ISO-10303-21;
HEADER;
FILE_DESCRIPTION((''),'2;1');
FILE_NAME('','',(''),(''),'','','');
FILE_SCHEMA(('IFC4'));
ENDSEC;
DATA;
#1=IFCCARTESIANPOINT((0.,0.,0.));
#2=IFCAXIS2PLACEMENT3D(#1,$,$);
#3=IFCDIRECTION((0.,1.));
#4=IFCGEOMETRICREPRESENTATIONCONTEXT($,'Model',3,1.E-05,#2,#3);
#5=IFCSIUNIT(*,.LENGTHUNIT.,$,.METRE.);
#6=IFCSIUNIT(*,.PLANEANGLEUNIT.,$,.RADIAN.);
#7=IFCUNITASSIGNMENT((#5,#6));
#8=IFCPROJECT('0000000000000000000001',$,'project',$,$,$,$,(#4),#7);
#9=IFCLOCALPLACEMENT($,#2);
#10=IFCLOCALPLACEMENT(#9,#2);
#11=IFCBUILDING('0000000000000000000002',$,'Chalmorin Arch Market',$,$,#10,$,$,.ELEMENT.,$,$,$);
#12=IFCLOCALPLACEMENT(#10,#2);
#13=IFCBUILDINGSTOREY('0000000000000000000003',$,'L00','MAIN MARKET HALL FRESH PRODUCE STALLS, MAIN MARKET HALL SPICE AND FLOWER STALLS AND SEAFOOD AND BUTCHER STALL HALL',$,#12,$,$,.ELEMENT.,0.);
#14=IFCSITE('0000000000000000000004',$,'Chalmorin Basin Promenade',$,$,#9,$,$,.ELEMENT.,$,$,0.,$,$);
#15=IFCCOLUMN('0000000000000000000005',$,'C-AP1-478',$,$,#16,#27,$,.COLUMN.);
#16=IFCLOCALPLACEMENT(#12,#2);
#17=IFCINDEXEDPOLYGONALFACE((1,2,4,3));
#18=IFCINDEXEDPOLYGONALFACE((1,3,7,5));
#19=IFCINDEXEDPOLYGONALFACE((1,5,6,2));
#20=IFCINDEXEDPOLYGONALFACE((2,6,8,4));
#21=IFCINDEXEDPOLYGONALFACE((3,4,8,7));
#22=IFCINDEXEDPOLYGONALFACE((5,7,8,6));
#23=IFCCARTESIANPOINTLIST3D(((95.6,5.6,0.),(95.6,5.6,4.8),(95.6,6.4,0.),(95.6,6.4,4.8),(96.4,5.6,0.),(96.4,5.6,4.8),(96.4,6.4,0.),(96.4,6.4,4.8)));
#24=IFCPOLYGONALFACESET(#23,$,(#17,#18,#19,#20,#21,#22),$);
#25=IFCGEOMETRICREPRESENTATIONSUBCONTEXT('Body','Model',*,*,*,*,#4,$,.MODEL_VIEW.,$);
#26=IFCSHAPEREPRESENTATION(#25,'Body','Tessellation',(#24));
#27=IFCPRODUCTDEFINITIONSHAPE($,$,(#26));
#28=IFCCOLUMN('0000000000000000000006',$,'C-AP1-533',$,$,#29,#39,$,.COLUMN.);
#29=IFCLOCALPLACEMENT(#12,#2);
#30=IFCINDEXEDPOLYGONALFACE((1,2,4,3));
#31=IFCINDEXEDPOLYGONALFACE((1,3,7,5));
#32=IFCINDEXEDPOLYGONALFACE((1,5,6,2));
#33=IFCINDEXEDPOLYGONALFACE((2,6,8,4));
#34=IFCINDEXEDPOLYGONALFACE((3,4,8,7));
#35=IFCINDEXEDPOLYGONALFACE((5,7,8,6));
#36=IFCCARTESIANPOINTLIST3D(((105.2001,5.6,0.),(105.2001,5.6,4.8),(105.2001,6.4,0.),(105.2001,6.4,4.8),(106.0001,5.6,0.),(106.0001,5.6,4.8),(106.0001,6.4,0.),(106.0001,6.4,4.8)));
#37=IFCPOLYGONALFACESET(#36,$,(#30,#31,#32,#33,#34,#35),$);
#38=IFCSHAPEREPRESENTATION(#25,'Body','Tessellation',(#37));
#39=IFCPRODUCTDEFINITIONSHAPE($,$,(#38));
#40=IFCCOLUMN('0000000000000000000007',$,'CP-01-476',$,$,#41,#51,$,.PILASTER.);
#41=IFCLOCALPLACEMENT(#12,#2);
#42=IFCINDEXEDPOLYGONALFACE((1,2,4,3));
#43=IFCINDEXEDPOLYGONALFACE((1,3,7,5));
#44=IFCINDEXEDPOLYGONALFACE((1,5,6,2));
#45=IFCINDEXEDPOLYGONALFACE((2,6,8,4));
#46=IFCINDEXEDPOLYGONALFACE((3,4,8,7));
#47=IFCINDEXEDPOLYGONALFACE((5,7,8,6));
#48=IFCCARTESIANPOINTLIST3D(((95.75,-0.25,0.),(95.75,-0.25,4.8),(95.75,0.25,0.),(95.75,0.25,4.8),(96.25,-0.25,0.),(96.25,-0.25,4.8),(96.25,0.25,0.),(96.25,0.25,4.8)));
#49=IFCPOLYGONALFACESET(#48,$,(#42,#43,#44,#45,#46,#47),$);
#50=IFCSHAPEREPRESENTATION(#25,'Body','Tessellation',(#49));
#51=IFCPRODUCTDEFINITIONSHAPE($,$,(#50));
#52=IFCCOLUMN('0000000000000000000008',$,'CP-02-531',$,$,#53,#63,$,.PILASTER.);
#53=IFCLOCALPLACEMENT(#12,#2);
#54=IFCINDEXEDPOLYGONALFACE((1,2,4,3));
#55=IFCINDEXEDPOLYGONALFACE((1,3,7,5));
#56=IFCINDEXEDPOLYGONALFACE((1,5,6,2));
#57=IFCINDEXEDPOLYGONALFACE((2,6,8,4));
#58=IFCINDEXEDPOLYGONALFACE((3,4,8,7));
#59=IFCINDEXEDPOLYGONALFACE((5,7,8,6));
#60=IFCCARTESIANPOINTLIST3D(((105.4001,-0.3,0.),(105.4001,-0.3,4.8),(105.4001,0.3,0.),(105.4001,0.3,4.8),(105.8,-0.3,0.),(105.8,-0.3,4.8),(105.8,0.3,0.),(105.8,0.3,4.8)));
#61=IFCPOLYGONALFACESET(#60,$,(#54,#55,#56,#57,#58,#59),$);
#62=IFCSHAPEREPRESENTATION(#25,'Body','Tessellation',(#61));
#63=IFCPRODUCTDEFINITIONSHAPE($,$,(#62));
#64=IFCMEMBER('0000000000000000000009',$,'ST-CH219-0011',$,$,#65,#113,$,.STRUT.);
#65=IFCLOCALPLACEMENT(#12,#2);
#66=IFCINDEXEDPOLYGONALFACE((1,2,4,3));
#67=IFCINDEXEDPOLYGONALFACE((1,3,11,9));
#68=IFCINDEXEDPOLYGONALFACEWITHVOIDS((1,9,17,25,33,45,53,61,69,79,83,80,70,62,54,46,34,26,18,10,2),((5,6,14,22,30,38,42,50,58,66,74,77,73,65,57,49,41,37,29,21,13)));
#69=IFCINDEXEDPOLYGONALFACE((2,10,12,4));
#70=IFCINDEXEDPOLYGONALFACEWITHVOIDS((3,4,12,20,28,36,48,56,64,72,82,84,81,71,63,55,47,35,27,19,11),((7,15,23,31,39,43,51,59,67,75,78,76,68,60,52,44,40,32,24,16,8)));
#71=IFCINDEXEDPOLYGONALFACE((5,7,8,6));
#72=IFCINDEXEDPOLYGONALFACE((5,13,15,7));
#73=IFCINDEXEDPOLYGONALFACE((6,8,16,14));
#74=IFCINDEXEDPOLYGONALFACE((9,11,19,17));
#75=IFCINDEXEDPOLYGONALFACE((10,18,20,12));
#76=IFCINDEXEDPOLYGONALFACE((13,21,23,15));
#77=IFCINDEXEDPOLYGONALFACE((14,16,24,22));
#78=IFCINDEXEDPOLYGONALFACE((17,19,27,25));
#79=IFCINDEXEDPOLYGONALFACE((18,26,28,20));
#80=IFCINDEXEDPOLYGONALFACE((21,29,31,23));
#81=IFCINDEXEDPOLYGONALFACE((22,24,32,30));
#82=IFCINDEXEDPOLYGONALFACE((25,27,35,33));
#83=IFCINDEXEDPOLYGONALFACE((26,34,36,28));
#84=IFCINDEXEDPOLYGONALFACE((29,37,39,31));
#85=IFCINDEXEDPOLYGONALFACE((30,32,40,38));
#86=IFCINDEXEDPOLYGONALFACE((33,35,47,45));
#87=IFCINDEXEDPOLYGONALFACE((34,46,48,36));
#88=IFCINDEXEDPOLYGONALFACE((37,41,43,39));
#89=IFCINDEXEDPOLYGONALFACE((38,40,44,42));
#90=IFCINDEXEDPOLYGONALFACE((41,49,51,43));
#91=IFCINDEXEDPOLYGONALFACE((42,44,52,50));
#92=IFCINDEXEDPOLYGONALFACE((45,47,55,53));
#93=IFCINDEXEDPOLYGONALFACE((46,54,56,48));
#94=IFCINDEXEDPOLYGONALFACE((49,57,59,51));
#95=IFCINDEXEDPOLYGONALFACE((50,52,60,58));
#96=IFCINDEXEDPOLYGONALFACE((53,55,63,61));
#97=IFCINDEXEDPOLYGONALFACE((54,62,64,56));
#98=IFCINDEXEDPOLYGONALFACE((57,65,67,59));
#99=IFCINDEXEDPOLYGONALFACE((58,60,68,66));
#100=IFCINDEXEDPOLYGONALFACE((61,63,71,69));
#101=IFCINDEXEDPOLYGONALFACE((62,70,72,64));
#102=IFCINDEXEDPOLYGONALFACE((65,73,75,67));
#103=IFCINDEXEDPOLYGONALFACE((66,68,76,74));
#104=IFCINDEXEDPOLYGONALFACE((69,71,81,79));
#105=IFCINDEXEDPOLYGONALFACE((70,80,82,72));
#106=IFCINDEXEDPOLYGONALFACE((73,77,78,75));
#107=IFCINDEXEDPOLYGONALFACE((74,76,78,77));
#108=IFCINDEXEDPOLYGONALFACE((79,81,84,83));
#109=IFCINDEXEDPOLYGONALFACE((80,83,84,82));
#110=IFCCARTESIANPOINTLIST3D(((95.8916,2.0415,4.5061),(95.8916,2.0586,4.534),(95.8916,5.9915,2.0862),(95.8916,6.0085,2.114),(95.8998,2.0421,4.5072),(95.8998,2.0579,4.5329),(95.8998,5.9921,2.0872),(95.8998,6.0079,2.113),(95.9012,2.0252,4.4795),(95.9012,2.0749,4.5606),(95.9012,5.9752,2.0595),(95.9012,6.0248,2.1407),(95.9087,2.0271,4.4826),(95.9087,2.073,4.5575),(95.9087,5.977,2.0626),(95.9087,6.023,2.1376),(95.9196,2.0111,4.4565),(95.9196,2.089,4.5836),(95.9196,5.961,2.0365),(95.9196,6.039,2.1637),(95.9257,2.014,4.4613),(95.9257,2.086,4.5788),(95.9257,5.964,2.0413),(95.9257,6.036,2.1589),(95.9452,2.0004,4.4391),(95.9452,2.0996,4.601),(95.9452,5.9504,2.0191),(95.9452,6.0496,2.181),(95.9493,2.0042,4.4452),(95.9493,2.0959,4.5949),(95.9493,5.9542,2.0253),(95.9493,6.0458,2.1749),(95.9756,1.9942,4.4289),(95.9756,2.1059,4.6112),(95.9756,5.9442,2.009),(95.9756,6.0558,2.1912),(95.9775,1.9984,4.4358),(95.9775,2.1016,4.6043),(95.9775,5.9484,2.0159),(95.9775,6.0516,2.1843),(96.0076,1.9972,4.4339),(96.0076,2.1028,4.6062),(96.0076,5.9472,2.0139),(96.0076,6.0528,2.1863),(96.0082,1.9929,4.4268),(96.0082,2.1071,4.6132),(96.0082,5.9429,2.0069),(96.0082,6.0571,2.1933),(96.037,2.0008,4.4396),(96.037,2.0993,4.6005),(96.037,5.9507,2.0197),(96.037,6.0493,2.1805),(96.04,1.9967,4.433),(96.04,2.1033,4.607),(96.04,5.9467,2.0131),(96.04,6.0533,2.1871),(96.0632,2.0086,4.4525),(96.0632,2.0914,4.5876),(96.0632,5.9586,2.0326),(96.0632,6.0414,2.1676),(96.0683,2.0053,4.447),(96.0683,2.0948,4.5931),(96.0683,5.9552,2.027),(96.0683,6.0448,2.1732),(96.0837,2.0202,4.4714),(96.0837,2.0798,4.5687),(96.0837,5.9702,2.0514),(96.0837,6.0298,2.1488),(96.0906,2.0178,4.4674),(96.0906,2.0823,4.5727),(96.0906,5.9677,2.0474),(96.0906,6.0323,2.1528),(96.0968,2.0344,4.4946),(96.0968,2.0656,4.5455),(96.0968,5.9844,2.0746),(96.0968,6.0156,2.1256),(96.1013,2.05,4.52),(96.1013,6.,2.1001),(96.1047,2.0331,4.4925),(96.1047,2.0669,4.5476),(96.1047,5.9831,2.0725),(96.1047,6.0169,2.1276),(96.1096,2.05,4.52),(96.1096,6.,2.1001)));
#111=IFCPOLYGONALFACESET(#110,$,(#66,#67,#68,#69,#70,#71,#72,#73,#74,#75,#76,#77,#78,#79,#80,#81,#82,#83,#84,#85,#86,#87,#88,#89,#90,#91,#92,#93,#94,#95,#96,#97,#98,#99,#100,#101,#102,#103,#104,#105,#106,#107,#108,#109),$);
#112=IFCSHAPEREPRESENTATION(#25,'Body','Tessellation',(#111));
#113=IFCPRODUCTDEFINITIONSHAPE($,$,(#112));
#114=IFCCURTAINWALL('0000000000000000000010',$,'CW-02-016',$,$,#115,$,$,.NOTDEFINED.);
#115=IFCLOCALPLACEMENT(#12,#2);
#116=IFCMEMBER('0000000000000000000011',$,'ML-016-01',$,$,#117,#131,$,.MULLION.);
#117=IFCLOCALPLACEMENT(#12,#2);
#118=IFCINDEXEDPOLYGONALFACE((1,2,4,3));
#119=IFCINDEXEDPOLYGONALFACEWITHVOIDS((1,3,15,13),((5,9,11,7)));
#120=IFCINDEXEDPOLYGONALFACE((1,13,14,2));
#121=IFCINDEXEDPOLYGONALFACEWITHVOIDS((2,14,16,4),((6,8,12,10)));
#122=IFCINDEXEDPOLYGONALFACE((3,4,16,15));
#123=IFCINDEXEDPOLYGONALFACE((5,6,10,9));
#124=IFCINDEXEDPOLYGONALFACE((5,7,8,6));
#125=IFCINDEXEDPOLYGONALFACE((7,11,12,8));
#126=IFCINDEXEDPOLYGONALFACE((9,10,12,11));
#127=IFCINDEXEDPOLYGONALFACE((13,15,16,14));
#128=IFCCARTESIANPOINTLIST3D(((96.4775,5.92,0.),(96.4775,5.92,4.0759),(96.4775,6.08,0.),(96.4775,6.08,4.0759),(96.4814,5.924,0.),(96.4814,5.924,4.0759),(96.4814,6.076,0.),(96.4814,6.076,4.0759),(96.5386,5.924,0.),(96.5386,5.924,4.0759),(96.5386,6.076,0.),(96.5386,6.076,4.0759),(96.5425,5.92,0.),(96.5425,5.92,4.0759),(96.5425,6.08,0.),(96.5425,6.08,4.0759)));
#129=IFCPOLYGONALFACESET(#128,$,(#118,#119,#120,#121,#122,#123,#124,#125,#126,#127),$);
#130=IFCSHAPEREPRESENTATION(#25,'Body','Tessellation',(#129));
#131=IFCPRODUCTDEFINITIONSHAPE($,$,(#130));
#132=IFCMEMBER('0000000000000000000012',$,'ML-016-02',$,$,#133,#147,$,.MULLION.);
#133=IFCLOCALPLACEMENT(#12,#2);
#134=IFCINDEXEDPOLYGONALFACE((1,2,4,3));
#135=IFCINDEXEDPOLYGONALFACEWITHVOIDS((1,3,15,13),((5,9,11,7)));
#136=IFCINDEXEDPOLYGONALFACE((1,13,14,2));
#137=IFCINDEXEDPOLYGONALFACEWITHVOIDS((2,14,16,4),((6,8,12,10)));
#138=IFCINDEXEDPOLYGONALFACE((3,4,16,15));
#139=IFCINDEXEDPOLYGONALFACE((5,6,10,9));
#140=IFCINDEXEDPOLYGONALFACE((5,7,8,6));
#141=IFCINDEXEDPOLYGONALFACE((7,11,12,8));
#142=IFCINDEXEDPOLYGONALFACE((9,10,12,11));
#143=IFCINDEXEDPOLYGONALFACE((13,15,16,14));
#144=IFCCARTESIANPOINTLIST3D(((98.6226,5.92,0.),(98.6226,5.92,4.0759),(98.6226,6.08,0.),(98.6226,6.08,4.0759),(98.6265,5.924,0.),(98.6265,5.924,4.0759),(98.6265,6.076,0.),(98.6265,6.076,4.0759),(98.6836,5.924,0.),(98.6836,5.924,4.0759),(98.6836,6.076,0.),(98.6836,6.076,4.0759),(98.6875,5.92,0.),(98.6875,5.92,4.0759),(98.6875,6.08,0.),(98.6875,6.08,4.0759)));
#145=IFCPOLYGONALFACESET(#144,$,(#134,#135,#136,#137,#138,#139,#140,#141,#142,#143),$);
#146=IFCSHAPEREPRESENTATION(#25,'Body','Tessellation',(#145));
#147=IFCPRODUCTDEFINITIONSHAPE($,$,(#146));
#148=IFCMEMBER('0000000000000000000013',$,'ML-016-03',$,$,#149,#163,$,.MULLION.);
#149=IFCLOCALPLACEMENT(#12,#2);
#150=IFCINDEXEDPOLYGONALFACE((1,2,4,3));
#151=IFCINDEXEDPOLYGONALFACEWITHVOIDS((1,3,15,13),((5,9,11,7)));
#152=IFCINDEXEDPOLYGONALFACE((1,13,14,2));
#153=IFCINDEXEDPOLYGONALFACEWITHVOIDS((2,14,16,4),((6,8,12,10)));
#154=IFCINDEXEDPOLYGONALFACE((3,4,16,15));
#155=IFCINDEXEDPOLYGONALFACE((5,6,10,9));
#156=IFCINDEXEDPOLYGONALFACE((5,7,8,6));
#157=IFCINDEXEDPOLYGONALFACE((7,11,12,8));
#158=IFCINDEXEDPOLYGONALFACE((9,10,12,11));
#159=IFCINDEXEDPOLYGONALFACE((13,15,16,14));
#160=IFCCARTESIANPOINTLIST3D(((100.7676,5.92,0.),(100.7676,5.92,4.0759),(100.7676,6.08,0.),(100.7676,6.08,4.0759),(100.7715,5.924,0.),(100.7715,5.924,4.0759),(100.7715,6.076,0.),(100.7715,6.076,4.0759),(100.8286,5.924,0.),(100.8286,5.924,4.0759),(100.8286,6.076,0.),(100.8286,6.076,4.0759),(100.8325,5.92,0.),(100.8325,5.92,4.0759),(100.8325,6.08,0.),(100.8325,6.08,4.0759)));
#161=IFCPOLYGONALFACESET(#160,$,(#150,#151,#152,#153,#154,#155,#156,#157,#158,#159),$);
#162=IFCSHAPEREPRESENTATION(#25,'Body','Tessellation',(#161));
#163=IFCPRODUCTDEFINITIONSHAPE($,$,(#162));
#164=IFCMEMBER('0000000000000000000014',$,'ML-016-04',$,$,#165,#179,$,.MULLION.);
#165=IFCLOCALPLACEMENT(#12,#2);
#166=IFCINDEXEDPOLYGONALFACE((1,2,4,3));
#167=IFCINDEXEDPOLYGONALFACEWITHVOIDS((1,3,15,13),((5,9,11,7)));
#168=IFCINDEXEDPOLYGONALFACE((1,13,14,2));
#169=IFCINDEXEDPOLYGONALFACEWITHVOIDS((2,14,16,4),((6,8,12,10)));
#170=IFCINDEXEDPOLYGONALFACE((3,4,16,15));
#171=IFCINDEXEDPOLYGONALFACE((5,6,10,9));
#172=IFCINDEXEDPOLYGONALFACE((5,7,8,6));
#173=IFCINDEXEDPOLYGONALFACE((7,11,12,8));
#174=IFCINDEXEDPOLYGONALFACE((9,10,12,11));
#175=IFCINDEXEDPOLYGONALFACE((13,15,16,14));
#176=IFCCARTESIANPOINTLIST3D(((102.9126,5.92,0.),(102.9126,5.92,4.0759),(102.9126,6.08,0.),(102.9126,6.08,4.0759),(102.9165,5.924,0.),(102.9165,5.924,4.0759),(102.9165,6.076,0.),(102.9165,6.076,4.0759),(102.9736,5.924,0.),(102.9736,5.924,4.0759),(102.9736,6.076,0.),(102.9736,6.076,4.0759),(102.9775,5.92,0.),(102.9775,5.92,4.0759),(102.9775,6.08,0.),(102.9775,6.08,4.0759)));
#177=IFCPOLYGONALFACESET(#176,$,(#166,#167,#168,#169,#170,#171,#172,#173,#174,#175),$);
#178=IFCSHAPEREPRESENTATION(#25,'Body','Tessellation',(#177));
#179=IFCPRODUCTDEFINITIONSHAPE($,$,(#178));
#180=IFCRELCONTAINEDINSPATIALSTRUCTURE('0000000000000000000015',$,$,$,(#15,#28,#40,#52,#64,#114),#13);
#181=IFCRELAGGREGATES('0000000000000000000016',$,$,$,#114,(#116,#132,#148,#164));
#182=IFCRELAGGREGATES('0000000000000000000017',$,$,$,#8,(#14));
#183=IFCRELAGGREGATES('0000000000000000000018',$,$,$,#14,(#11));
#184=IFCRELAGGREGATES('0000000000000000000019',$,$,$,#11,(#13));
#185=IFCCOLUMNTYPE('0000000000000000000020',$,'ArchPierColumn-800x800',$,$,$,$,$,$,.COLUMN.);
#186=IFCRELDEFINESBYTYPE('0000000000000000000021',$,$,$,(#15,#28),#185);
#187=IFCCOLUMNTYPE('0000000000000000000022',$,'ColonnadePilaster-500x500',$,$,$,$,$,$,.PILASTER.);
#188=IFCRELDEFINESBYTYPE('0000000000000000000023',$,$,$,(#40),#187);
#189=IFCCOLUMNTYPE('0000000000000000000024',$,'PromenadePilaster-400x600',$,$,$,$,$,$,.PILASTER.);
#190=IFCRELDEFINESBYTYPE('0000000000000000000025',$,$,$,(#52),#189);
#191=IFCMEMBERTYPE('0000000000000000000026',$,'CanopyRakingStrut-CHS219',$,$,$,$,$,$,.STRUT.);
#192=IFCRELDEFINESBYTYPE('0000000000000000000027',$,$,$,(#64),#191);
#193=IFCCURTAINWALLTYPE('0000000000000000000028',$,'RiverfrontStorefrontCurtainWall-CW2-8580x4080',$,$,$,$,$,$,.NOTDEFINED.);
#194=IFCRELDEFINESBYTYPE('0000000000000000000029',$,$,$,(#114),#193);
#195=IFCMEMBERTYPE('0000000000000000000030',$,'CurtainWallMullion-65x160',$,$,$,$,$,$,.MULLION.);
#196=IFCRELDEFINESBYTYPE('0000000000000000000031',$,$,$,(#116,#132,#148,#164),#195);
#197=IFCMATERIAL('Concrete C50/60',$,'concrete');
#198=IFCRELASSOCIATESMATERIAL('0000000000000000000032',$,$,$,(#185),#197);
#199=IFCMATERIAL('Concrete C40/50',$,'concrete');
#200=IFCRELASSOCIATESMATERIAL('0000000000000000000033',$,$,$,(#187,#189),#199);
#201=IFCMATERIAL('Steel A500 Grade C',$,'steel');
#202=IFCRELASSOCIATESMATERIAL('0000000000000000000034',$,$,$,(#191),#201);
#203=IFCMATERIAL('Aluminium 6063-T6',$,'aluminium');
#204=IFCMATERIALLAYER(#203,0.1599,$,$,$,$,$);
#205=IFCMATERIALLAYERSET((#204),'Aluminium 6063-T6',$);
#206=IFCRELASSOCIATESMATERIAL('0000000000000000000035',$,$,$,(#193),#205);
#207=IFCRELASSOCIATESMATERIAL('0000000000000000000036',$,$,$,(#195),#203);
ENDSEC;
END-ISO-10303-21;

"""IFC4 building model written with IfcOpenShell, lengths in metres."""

from ifc_helpers import new_model, si_unit, direction, frame, origin, origin_2d, place, context, subcontext, project, spatial, rectangle, hollow_rectangle, hollow_circle, extrude, material, layer, layer_set, material_profile, profile_set, type_object, element, aggregate, save


model = new_model("IFC4")

# Units and contexts
model_context = context("Model", 3, precision=1e-05, world=origin(), true_north=direction((0.0, 1.0)))
body_context = subcontext(model_context, "Body", "Model", "MODEL_VIEW")
ifc_project = project(units=[si_unit("LENGTHUNIT", "METRE"), si_unit("PLANEANGLEUNIT", "RADIAN")], contexts=[model_context])

# Site, building, storey
site_placement = place(None, origin())
site = spatial("IfcSite", under=ifc_project, at=site_placement, Name="Chalmorin Basin Promenade", CompositionType="ELEMENT", RefElevation=0.0)
building_placement = place(site_placement, origin())
building = spatial("IfcBuilding", under=site, at=building_placement, Name="Chalmorin Arch Market", CompositionType="ELEMENT")
storey_placement = place(building_placement, origin())
storey = spatial("IfcBuildingStorey", under=building, at=storey_placement, Name="L00", Description="MAIN MARKET HALL FRESH PRODUCE STALLS, MAIN MARKET HALL SPICE AND FLOWER STALLS AND SEAFOOD AND BUTCHER STALL HALL", CompositionType="ELEMENT", Elevation=0.0)

# Columns
ifc_material_1 = material(Name="Concrete C50/60", Category="concrete")
ifc_material_profile_1 = material_profile(ifc_material_1, rectangle(XDim=0.8, YDim=0.8, at=origin_2d()), Name="RC800X800")
ifc_profile_set_1 = profile_set([ifc_material_profile_1], Name="Concrete C50/60")
column_type_1 = type_object("IfcColumnType", Name="ArchPierColumn-800x800", PredefinedType="COLUMN", material=ifc_profile_set_1)
for number, where, z_axis, x_axis, name in (
    (1, (96.0, 6.0, 0.0), (0.0, 0.0, 1.0), (1.0, 0.0, 0.0), "C-AP1-478"),
    (2, (105.6001, 6.0, 0.0), (0.0, 0.0, 1.0), (1.0, 0.0, 0.0), "C-AP1-533"),
):
    element("IfcColumn", number, at=place(storey_placement, frame(where, z_axis=z_axis, x_axis=x_axis)), inside=storey, type_object=column_type_1, Name=name, PredefinedType="COLUMN", context=body_context, shape_type="SweptSolid", body=[
        extrude(rectangle(XDim=0.8, YDim=0.8, at=origin_2d()), origin(), (0.0, 0.0, 1.0), 4.8),
    ])
ifc_material_2 = material(Name="Concrete C40/50", Category="concrete")
ifc_material_profile_2 = material_profile(ifc_material_2, rectangle(XDim=0.5, YDim=0.5, at=origin_2d()), Name="RC500X500")
ifc_profile_set_2 = profile_set([ifc_material_profile_2], Name="Concrete C40/50")
column_type_2 = type_object("IfcColumnType", Name="ColonnadePilaster-500x500", PredefinedType="PILASTER", material=ifc_profile_set_2)
column_1_placement = place(storey_placement, frame((96.0, 0.0, 0.0), z_axis=(0.0, 0.0, 1.0), x_axis=(1.0, 0.0, 0.0)))
element("IfcColumn", 3, at=column_1_placement, inside=storey, type_object=column_type_2, Name="CP-01-476", PredefinedType="PILASTER", context=body_context, shape_type="SweptSolid", body=[
    extrude(rectangle(XDim=0.5, YDim=0.5, at=origin_2d()), origin(), (0.0, 0.0, 1.0), 4.8),
])
ifc_material_profile_3 = material_profile(ifc_material_2, rectangle(XDim=0.3999, YDim=0.6001, at=origin_2d()), Name="RC400X600")
ifc_profile_set_3 = profile_set([ifc_material_profile_3], Name="Concrete C40/50")
column_type_3 = type_object("IfcColumnType", Name="PromenadePilaster-400x600", PredefinedType="PILASTER", material=ifc_profile_set_3)
column_2_placement = place(storey_placement, frame((105.6001, 0.0, 0.0), z_axis=(0.0, 0.0, 1.0), x_axis=(1.0, 0.0, 0.0)))
element("IfcColumn", 4, at=column_2_placement, inside=storey, type_object=column_type_3, Name="CP-02-531", PredefinedType="PILASTER", context=body_context, shape_type="SweptSolid", body=[
    extrude(rectangle(XDim=0.3999, YDim=0.6001, at=origin_2d()), origin(), (0.0, 0.0, 1.0), 4.8),
])

# Member
ifc_material_3 = material(Name="Steel A500 Grade C", Category="steel")
ifc_material_profile_4 = material_profile(ifc_material_3, hollow_circle(Radius=0.1096, WallThickness=0.0083, at=origin_2d()), Name="CHS219X8")
ifc_profile_set_4 = profile_set([ifc_material_profile_4], Name="Steel A500 Grade C")
member_type_1 = type_object("IfcMemberType", Name="CanopyRakingStrut-CHS219", PredefinedType="STRUT", material=ifc_profile_set_4)
member_1_placement = place(storey_placement, frame((96.0, 6.0, 2.1001), z_axis=(0.0, -0.852699, 0.522403), x_axis=(1.0, 0.0, 0.0)))
element("IfcMember", 5, at=member_1_placement, inside=storey, type_object=member_type_1, Name="ST-CH219-0011", PredefinedType="STRUT", context=body_context, shape_type="SweptSolid", body=[
    extrude(hollow_circle(Radius=0.1096, WallThickness=0.0083, at=origin_2d()), origin(), (0.0, 0.0, 1.0), 4.6323),
])

# Curtain wall, members
ifc_material_4 = material(Name="Aluminium 6063-T6", Category="aluminium")
ifc_layer_1 = layer(ifc_material_4, 0.1599)
ifc_layer_set_1 = layer_set([ifc_layer_1], Name="Aluminium 6063-T6")
curtain_wall_type = type_object("IfcCurtainWallType", Name="RiverfrontStorefrontCurtainWall-CW2-8580x4080", PredefinedType="NOTDEFINED", material=ifc_layer_set_1)
curtain_wall_placement = place(storey_placement, origin())
curtain_wall = element("IfcCurtainWall", 6, at=curtain_wall_placement, inside=storey, type_object=curtain_wall_type, Name="CW-02-016", PredefinedType="NOTDEFINED")
ifc_material_profile_5 = material_profile(ifc_material_4, hollow_rectangle(XDim=0.0649, YDim=0.1599, WallThickness=0.0039, at=origin_2d()), Name="ALU65X160X4")
ifc_profile_set_5 = profile_set([ifc_material_profile_5], Name="Aluminium 6063-T6")
member_type_2 = type_object("IfcMemberType", Name="CurtainWallMullion-65x160", PredefinedType="MULLION", material=ifc_profile_set_5)
member_2_placement = place(storey_placement, frame((96.51, 6.0, 0.0), z_axis=(0.0, 0.0, 1.0), x_axis=(1.0, 0.0, 0.0)))
member_2 = element("IfcMember", 7, at=member_2_placement, type_object=member_type_2, Name="ML-016-01", PredefinedType="MULLION", context=body_context, shape_type="SweptSolid", body=[
    extrude(hollow_rectangle(XDim=0.0649, YDim=0.1599, WallThickness=0.0039, at=origin_2d()), origin(), (0.0, 0.0, 1.0), 4.0759),
])
member_3_placement = place(storey_placement, frame((98.655, 6.0, 0.0), z_axis=(0.0, 0.0, 1.0), x_axis=(1.0, 0.0, 0.0)))
member_3 = element("IfcMember", 8, at=member_3_placement, type_object=member_type_2, Name="ML-016-02", PredefinedType="MULLION", context=body_context, shape_type="SweptSolid", body=[
    extrude(hollow_rectangle(XDim=0.0649, YDim=0.1599, WallThickness=0.0039, at=origin_2d()), origin(), (0.0, 0.0, 1.0), 4.0759),
])
member_4_placement = place(storey_placement, frame((100.8, 6.0, 0.0), z_axis=(0.0, 0.0, 1.0), x_axis=(1.0, 0.0, 0.0)))
member_4 = element("IfcMember", 9, at=member_4_placement, type_object=member_type_2, Name="ML-016-03", PredefinedType="MULLION", context=body_context, shape_type="SweptSolid", body=[
    extrude(hollow_rectangle(XDim=0.0649, YDim=0.1599, WallThickness=0.0039, at=origin_2d()), origin(), (0.0, 0.0, 1.0), 4.0759),
])
member_5_placement = place(storey_placement, frame((102.9451, 6.0, 0.0), z_axis=(0.0, 0.0, 1.0), x_axis=(1.0, 0.0, 0.0)))
member_5 = element("IfcMember", 10, at=member_5_placement, type_object=member_type_2, Name="ML-016-04", PredefinedType="MULLION", context=body_context, shape_type="SweptSolid", body=[
    extrude(hollow_rectangle(XDim=0.0649, YDim=0.1599, WallThickness=0.0039, at=origin_2d()), origin(), (0.0, 0.0, 1.0), 4.0759),
])

aggregate(curtain_wall, [member_2, member_3, member_4, member_5])

save(model, "model.ifc")
